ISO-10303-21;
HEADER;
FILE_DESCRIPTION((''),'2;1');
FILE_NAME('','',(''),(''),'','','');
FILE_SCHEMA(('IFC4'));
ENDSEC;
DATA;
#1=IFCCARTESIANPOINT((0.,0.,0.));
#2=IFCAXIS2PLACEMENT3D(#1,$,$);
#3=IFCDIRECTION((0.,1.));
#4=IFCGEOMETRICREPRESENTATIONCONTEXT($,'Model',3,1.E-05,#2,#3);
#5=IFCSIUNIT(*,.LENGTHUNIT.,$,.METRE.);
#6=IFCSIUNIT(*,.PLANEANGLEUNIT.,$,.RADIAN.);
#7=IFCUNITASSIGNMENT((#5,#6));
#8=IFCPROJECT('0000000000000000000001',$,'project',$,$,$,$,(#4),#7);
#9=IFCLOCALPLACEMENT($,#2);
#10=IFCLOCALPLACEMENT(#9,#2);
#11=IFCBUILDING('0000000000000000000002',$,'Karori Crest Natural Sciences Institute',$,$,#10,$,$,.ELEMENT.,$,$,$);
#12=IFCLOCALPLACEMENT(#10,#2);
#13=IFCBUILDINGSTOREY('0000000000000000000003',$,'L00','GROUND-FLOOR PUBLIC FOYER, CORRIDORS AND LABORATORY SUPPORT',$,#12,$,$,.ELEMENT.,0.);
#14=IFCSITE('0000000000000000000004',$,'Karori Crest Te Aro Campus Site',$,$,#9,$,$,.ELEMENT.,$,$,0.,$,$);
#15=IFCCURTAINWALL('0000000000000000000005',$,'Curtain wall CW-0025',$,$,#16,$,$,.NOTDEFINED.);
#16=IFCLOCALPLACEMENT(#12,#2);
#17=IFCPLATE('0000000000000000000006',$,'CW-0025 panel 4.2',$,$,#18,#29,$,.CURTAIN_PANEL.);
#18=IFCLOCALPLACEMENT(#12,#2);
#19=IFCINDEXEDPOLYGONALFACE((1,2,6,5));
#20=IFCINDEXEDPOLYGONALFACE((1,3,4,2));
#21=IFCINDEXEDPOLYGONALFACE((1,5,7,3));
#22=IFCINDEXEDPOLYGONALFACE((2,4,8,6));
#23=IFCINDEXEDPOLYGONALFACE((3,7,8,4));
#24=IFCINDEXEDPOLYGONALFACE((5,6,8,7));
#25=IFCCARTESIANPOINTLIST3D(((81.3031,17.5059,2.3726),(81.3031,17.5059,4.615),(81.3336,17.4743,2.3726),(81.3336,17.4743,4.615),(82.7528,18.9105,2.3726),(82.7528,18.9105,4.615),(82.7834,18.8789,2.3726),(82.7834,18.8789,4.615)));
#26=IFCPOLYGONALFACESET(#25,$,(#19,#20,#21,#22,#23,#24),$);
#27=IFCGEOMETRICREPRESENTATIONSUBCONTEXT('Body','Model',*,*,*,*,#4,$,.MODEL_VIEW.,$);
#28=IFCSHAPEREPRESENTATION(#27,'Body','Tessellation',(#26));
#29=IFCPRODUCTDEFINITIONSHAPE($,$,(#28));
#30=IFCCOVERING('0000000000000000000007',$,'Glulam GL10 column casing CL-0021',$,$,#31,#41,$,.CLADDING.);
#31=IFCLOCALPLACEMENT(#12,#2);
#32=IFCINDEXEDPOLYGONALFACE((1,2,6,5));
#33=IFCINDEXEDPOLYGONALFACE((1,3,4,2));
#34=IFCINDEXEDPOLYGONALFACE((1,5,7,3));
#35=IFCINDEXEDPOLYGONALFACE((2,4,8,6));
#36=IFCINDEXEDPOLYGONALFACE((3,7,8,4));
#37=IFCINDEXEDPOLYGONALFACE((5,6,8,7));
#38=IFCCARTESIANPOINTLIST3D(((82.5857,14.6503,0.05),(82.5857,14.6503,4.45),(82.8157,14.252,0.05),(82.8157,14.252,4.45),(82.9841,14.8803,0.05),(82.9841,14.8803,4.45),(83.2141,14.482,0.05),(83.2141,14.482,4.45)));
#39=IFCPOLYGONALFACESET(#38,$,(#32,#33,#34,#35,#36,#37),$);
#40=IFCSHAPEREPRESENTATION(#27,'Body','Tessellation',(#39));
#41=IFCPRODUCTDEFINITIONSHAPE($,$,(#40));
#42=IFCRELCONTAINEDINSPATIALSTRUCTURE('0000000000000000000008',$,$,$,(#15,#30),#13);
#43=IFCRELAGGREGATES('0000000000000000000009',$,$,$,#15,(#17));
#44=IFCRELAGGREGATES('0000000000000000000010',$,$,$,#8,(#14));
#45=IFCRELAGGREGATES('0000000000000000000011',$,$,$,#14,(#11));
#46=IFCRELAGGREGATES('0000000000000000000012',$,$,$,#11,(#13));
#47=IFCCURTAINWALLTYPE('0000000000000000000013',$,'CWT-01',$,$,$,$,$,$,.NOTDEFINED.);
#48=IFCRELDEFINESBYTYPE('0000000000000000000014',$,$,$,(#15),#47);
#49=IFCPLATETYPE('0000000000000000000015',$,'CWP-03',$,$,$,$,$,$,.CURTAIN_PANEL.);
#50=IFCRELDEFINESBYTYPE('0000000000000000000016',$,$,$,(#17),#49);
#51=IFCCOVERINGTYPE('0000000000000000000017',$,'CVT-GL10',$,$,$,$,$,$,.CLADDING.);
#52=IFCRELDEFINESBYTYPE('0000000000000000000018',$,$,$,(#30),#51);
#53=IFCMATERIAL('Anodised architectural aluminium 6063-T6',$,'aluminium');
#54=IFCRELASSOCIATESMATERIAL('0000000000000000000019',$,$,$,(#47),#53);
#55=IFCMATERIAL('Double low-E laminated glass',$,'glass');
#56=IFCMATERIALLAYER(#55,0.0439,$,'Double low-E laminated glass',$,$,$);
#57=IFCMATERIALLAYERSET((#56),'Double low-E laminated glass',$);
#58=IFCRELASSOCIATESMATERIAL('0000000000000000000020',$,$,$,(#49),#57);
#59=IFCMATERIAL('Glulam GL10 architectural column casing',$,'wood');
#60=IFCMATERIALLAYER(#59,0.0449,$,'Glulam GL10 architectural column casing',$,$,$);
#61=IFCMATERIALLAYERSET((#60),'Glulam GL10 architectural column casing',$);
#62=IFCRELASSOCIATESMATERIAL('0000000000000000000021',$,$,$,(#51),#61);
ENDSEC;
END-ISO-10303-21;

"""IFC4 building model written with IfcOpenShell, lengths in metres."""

from ifc_helpers import new_model, si_unit, direction, frame, origin, origin_2d, place, context, subcontext, project, spatial, rectangle, extrude, material, layer, layer_set, type_object, element, aggregate, save


model = new_model("IFC4")

# Units and contexts
model_context = context("Model", 3, precision=1e-05, world=origin(), true_north=direction((0.0, 1.0)))
body_context = subcontext(model_context, "Body", "Model", "MODEL_VIEW")
ifc_project = project(units=[si_unit("LENGTHUNIT", "METRE"), si_unit("PLANEANGLEUNIT", "RADIAN")], contexts=[model_context])

# Site, building, storey
site_placement = place(None, origin())
site = spatial("IfcSite", under=ifc_project, at=site_placement, Name="Karori Crest Te Aro Campus Site", CompositionType="ELEMENT", RefElevation=0.0)
building_placement = place(site_placement, origin())
building = spatial("IfcBuilding", under=site, at=building_placement, Name="Karori Crest Natural Sciences Institute", CompositionType="ELEMENT")
storey_placement = place(building_placement, origin())
storey = spatial("IfcBuildingStorey", under=building, at=storey_placement, Name="L00", Description="GROUND-FLOOR PUBLIC FOYER, CORRIDORS AND LABORATORY SUPPORT", CompositionType="ELEMENT", Elevation=0.0)

# Shared definitions
ifc_material_1 = material(Name="Anodised architectural aluminium 6063-T6", Category="aluminium")

# Curtain wall
curtain_wall_type_1 = type_object("IfcCurtainWallType", Name="CWT-01", PredefinedType="NOTDEFINED", material=ifc_material_1)
curtain_wall_1_placement = place(storey_placement, origin())
curtain_wall_1 = element("IfcCurtainWall", 1, at=curtain_wall_1_placement, inside=storey, type_object=curtain_wall_type_1, Name="Curtain wall CW-0025", PredefinedType="NOTDEFINED")

# Plate
ifc_material_2 = material(Name="Double low-E laminated glass", Category="glass")
ifc_layer_1 = layer(ifc_material_2, 0.0439, Name="Double low-E laminated glass")
ifc_layer_set_1 = layer_set([ifc_layer_1], Name="Double low-E laminated glass")
plate_type_1 = type_object("IfcPlateType", Name="CWP-03", PredefinedType="CURTAIN_PANEL", material=ifc_layer_set_1)
plate_1_placement = place(storey_placement, frame((82.0432, 18.1924, 2.3726), z_axis=(0.0, 0.0, 1.0), x_axis=(-0.718198, -0.695839, 0.0)))
plate_1 = element("IfcPlate", 2, at=plate_1_placement, type_object=plate_type_1, Name="CW-0025 panel 4.2", PredefinedType="CURTAIN_PANEL", context=body_context, shape_type="SweptSolid", body=[
    extrude(rectangle(XDim=2.0186, YDim=0.0439, at=origin_2d()), origin(), (0.0, 0.0, 1.0), 2.2424),
])
aggregate(curtain_wall_1, [plate_1])

# Covering
ifc_material_3 = material(Name="Glulam GL10 architectural column casing", Category="wood")
ifc_layer_2 = layer(ifc_material_3, 0.0449, Name="Glulam GL10 architectural column casing")
ifc_layer_set_2 = layer_set([ifc_layer_2], Name="Glulam GL10 architectural column casing")
covering_type = type_object("IfcCoveringType", Name="CVT-GL10", PredefinedType="CLADDING", material=ifc_layer_set_2)
covering_placement = place(storey_placement, frame((82.8999, 14.5662, 0.05), z_axis=(0.0, 0.0, 1.0), x_axis=(0.5, -0.866025, 0.0)))
element("IfcCovering", 3, at=covering_placement, inside=storey, type_object=covering_type, Name="Glulam GL10 column casing CL-0021", PredefinedType="CLADDING", context=body_context, shape_type="SweptSolid", body=[
    extrude(rectangle(XDim=0.46, YDim=0.46, at=origin_2d()), origin(), (0.0, 0.0, 1.0), 4.3999),
])

save(model, "model.ifc")
